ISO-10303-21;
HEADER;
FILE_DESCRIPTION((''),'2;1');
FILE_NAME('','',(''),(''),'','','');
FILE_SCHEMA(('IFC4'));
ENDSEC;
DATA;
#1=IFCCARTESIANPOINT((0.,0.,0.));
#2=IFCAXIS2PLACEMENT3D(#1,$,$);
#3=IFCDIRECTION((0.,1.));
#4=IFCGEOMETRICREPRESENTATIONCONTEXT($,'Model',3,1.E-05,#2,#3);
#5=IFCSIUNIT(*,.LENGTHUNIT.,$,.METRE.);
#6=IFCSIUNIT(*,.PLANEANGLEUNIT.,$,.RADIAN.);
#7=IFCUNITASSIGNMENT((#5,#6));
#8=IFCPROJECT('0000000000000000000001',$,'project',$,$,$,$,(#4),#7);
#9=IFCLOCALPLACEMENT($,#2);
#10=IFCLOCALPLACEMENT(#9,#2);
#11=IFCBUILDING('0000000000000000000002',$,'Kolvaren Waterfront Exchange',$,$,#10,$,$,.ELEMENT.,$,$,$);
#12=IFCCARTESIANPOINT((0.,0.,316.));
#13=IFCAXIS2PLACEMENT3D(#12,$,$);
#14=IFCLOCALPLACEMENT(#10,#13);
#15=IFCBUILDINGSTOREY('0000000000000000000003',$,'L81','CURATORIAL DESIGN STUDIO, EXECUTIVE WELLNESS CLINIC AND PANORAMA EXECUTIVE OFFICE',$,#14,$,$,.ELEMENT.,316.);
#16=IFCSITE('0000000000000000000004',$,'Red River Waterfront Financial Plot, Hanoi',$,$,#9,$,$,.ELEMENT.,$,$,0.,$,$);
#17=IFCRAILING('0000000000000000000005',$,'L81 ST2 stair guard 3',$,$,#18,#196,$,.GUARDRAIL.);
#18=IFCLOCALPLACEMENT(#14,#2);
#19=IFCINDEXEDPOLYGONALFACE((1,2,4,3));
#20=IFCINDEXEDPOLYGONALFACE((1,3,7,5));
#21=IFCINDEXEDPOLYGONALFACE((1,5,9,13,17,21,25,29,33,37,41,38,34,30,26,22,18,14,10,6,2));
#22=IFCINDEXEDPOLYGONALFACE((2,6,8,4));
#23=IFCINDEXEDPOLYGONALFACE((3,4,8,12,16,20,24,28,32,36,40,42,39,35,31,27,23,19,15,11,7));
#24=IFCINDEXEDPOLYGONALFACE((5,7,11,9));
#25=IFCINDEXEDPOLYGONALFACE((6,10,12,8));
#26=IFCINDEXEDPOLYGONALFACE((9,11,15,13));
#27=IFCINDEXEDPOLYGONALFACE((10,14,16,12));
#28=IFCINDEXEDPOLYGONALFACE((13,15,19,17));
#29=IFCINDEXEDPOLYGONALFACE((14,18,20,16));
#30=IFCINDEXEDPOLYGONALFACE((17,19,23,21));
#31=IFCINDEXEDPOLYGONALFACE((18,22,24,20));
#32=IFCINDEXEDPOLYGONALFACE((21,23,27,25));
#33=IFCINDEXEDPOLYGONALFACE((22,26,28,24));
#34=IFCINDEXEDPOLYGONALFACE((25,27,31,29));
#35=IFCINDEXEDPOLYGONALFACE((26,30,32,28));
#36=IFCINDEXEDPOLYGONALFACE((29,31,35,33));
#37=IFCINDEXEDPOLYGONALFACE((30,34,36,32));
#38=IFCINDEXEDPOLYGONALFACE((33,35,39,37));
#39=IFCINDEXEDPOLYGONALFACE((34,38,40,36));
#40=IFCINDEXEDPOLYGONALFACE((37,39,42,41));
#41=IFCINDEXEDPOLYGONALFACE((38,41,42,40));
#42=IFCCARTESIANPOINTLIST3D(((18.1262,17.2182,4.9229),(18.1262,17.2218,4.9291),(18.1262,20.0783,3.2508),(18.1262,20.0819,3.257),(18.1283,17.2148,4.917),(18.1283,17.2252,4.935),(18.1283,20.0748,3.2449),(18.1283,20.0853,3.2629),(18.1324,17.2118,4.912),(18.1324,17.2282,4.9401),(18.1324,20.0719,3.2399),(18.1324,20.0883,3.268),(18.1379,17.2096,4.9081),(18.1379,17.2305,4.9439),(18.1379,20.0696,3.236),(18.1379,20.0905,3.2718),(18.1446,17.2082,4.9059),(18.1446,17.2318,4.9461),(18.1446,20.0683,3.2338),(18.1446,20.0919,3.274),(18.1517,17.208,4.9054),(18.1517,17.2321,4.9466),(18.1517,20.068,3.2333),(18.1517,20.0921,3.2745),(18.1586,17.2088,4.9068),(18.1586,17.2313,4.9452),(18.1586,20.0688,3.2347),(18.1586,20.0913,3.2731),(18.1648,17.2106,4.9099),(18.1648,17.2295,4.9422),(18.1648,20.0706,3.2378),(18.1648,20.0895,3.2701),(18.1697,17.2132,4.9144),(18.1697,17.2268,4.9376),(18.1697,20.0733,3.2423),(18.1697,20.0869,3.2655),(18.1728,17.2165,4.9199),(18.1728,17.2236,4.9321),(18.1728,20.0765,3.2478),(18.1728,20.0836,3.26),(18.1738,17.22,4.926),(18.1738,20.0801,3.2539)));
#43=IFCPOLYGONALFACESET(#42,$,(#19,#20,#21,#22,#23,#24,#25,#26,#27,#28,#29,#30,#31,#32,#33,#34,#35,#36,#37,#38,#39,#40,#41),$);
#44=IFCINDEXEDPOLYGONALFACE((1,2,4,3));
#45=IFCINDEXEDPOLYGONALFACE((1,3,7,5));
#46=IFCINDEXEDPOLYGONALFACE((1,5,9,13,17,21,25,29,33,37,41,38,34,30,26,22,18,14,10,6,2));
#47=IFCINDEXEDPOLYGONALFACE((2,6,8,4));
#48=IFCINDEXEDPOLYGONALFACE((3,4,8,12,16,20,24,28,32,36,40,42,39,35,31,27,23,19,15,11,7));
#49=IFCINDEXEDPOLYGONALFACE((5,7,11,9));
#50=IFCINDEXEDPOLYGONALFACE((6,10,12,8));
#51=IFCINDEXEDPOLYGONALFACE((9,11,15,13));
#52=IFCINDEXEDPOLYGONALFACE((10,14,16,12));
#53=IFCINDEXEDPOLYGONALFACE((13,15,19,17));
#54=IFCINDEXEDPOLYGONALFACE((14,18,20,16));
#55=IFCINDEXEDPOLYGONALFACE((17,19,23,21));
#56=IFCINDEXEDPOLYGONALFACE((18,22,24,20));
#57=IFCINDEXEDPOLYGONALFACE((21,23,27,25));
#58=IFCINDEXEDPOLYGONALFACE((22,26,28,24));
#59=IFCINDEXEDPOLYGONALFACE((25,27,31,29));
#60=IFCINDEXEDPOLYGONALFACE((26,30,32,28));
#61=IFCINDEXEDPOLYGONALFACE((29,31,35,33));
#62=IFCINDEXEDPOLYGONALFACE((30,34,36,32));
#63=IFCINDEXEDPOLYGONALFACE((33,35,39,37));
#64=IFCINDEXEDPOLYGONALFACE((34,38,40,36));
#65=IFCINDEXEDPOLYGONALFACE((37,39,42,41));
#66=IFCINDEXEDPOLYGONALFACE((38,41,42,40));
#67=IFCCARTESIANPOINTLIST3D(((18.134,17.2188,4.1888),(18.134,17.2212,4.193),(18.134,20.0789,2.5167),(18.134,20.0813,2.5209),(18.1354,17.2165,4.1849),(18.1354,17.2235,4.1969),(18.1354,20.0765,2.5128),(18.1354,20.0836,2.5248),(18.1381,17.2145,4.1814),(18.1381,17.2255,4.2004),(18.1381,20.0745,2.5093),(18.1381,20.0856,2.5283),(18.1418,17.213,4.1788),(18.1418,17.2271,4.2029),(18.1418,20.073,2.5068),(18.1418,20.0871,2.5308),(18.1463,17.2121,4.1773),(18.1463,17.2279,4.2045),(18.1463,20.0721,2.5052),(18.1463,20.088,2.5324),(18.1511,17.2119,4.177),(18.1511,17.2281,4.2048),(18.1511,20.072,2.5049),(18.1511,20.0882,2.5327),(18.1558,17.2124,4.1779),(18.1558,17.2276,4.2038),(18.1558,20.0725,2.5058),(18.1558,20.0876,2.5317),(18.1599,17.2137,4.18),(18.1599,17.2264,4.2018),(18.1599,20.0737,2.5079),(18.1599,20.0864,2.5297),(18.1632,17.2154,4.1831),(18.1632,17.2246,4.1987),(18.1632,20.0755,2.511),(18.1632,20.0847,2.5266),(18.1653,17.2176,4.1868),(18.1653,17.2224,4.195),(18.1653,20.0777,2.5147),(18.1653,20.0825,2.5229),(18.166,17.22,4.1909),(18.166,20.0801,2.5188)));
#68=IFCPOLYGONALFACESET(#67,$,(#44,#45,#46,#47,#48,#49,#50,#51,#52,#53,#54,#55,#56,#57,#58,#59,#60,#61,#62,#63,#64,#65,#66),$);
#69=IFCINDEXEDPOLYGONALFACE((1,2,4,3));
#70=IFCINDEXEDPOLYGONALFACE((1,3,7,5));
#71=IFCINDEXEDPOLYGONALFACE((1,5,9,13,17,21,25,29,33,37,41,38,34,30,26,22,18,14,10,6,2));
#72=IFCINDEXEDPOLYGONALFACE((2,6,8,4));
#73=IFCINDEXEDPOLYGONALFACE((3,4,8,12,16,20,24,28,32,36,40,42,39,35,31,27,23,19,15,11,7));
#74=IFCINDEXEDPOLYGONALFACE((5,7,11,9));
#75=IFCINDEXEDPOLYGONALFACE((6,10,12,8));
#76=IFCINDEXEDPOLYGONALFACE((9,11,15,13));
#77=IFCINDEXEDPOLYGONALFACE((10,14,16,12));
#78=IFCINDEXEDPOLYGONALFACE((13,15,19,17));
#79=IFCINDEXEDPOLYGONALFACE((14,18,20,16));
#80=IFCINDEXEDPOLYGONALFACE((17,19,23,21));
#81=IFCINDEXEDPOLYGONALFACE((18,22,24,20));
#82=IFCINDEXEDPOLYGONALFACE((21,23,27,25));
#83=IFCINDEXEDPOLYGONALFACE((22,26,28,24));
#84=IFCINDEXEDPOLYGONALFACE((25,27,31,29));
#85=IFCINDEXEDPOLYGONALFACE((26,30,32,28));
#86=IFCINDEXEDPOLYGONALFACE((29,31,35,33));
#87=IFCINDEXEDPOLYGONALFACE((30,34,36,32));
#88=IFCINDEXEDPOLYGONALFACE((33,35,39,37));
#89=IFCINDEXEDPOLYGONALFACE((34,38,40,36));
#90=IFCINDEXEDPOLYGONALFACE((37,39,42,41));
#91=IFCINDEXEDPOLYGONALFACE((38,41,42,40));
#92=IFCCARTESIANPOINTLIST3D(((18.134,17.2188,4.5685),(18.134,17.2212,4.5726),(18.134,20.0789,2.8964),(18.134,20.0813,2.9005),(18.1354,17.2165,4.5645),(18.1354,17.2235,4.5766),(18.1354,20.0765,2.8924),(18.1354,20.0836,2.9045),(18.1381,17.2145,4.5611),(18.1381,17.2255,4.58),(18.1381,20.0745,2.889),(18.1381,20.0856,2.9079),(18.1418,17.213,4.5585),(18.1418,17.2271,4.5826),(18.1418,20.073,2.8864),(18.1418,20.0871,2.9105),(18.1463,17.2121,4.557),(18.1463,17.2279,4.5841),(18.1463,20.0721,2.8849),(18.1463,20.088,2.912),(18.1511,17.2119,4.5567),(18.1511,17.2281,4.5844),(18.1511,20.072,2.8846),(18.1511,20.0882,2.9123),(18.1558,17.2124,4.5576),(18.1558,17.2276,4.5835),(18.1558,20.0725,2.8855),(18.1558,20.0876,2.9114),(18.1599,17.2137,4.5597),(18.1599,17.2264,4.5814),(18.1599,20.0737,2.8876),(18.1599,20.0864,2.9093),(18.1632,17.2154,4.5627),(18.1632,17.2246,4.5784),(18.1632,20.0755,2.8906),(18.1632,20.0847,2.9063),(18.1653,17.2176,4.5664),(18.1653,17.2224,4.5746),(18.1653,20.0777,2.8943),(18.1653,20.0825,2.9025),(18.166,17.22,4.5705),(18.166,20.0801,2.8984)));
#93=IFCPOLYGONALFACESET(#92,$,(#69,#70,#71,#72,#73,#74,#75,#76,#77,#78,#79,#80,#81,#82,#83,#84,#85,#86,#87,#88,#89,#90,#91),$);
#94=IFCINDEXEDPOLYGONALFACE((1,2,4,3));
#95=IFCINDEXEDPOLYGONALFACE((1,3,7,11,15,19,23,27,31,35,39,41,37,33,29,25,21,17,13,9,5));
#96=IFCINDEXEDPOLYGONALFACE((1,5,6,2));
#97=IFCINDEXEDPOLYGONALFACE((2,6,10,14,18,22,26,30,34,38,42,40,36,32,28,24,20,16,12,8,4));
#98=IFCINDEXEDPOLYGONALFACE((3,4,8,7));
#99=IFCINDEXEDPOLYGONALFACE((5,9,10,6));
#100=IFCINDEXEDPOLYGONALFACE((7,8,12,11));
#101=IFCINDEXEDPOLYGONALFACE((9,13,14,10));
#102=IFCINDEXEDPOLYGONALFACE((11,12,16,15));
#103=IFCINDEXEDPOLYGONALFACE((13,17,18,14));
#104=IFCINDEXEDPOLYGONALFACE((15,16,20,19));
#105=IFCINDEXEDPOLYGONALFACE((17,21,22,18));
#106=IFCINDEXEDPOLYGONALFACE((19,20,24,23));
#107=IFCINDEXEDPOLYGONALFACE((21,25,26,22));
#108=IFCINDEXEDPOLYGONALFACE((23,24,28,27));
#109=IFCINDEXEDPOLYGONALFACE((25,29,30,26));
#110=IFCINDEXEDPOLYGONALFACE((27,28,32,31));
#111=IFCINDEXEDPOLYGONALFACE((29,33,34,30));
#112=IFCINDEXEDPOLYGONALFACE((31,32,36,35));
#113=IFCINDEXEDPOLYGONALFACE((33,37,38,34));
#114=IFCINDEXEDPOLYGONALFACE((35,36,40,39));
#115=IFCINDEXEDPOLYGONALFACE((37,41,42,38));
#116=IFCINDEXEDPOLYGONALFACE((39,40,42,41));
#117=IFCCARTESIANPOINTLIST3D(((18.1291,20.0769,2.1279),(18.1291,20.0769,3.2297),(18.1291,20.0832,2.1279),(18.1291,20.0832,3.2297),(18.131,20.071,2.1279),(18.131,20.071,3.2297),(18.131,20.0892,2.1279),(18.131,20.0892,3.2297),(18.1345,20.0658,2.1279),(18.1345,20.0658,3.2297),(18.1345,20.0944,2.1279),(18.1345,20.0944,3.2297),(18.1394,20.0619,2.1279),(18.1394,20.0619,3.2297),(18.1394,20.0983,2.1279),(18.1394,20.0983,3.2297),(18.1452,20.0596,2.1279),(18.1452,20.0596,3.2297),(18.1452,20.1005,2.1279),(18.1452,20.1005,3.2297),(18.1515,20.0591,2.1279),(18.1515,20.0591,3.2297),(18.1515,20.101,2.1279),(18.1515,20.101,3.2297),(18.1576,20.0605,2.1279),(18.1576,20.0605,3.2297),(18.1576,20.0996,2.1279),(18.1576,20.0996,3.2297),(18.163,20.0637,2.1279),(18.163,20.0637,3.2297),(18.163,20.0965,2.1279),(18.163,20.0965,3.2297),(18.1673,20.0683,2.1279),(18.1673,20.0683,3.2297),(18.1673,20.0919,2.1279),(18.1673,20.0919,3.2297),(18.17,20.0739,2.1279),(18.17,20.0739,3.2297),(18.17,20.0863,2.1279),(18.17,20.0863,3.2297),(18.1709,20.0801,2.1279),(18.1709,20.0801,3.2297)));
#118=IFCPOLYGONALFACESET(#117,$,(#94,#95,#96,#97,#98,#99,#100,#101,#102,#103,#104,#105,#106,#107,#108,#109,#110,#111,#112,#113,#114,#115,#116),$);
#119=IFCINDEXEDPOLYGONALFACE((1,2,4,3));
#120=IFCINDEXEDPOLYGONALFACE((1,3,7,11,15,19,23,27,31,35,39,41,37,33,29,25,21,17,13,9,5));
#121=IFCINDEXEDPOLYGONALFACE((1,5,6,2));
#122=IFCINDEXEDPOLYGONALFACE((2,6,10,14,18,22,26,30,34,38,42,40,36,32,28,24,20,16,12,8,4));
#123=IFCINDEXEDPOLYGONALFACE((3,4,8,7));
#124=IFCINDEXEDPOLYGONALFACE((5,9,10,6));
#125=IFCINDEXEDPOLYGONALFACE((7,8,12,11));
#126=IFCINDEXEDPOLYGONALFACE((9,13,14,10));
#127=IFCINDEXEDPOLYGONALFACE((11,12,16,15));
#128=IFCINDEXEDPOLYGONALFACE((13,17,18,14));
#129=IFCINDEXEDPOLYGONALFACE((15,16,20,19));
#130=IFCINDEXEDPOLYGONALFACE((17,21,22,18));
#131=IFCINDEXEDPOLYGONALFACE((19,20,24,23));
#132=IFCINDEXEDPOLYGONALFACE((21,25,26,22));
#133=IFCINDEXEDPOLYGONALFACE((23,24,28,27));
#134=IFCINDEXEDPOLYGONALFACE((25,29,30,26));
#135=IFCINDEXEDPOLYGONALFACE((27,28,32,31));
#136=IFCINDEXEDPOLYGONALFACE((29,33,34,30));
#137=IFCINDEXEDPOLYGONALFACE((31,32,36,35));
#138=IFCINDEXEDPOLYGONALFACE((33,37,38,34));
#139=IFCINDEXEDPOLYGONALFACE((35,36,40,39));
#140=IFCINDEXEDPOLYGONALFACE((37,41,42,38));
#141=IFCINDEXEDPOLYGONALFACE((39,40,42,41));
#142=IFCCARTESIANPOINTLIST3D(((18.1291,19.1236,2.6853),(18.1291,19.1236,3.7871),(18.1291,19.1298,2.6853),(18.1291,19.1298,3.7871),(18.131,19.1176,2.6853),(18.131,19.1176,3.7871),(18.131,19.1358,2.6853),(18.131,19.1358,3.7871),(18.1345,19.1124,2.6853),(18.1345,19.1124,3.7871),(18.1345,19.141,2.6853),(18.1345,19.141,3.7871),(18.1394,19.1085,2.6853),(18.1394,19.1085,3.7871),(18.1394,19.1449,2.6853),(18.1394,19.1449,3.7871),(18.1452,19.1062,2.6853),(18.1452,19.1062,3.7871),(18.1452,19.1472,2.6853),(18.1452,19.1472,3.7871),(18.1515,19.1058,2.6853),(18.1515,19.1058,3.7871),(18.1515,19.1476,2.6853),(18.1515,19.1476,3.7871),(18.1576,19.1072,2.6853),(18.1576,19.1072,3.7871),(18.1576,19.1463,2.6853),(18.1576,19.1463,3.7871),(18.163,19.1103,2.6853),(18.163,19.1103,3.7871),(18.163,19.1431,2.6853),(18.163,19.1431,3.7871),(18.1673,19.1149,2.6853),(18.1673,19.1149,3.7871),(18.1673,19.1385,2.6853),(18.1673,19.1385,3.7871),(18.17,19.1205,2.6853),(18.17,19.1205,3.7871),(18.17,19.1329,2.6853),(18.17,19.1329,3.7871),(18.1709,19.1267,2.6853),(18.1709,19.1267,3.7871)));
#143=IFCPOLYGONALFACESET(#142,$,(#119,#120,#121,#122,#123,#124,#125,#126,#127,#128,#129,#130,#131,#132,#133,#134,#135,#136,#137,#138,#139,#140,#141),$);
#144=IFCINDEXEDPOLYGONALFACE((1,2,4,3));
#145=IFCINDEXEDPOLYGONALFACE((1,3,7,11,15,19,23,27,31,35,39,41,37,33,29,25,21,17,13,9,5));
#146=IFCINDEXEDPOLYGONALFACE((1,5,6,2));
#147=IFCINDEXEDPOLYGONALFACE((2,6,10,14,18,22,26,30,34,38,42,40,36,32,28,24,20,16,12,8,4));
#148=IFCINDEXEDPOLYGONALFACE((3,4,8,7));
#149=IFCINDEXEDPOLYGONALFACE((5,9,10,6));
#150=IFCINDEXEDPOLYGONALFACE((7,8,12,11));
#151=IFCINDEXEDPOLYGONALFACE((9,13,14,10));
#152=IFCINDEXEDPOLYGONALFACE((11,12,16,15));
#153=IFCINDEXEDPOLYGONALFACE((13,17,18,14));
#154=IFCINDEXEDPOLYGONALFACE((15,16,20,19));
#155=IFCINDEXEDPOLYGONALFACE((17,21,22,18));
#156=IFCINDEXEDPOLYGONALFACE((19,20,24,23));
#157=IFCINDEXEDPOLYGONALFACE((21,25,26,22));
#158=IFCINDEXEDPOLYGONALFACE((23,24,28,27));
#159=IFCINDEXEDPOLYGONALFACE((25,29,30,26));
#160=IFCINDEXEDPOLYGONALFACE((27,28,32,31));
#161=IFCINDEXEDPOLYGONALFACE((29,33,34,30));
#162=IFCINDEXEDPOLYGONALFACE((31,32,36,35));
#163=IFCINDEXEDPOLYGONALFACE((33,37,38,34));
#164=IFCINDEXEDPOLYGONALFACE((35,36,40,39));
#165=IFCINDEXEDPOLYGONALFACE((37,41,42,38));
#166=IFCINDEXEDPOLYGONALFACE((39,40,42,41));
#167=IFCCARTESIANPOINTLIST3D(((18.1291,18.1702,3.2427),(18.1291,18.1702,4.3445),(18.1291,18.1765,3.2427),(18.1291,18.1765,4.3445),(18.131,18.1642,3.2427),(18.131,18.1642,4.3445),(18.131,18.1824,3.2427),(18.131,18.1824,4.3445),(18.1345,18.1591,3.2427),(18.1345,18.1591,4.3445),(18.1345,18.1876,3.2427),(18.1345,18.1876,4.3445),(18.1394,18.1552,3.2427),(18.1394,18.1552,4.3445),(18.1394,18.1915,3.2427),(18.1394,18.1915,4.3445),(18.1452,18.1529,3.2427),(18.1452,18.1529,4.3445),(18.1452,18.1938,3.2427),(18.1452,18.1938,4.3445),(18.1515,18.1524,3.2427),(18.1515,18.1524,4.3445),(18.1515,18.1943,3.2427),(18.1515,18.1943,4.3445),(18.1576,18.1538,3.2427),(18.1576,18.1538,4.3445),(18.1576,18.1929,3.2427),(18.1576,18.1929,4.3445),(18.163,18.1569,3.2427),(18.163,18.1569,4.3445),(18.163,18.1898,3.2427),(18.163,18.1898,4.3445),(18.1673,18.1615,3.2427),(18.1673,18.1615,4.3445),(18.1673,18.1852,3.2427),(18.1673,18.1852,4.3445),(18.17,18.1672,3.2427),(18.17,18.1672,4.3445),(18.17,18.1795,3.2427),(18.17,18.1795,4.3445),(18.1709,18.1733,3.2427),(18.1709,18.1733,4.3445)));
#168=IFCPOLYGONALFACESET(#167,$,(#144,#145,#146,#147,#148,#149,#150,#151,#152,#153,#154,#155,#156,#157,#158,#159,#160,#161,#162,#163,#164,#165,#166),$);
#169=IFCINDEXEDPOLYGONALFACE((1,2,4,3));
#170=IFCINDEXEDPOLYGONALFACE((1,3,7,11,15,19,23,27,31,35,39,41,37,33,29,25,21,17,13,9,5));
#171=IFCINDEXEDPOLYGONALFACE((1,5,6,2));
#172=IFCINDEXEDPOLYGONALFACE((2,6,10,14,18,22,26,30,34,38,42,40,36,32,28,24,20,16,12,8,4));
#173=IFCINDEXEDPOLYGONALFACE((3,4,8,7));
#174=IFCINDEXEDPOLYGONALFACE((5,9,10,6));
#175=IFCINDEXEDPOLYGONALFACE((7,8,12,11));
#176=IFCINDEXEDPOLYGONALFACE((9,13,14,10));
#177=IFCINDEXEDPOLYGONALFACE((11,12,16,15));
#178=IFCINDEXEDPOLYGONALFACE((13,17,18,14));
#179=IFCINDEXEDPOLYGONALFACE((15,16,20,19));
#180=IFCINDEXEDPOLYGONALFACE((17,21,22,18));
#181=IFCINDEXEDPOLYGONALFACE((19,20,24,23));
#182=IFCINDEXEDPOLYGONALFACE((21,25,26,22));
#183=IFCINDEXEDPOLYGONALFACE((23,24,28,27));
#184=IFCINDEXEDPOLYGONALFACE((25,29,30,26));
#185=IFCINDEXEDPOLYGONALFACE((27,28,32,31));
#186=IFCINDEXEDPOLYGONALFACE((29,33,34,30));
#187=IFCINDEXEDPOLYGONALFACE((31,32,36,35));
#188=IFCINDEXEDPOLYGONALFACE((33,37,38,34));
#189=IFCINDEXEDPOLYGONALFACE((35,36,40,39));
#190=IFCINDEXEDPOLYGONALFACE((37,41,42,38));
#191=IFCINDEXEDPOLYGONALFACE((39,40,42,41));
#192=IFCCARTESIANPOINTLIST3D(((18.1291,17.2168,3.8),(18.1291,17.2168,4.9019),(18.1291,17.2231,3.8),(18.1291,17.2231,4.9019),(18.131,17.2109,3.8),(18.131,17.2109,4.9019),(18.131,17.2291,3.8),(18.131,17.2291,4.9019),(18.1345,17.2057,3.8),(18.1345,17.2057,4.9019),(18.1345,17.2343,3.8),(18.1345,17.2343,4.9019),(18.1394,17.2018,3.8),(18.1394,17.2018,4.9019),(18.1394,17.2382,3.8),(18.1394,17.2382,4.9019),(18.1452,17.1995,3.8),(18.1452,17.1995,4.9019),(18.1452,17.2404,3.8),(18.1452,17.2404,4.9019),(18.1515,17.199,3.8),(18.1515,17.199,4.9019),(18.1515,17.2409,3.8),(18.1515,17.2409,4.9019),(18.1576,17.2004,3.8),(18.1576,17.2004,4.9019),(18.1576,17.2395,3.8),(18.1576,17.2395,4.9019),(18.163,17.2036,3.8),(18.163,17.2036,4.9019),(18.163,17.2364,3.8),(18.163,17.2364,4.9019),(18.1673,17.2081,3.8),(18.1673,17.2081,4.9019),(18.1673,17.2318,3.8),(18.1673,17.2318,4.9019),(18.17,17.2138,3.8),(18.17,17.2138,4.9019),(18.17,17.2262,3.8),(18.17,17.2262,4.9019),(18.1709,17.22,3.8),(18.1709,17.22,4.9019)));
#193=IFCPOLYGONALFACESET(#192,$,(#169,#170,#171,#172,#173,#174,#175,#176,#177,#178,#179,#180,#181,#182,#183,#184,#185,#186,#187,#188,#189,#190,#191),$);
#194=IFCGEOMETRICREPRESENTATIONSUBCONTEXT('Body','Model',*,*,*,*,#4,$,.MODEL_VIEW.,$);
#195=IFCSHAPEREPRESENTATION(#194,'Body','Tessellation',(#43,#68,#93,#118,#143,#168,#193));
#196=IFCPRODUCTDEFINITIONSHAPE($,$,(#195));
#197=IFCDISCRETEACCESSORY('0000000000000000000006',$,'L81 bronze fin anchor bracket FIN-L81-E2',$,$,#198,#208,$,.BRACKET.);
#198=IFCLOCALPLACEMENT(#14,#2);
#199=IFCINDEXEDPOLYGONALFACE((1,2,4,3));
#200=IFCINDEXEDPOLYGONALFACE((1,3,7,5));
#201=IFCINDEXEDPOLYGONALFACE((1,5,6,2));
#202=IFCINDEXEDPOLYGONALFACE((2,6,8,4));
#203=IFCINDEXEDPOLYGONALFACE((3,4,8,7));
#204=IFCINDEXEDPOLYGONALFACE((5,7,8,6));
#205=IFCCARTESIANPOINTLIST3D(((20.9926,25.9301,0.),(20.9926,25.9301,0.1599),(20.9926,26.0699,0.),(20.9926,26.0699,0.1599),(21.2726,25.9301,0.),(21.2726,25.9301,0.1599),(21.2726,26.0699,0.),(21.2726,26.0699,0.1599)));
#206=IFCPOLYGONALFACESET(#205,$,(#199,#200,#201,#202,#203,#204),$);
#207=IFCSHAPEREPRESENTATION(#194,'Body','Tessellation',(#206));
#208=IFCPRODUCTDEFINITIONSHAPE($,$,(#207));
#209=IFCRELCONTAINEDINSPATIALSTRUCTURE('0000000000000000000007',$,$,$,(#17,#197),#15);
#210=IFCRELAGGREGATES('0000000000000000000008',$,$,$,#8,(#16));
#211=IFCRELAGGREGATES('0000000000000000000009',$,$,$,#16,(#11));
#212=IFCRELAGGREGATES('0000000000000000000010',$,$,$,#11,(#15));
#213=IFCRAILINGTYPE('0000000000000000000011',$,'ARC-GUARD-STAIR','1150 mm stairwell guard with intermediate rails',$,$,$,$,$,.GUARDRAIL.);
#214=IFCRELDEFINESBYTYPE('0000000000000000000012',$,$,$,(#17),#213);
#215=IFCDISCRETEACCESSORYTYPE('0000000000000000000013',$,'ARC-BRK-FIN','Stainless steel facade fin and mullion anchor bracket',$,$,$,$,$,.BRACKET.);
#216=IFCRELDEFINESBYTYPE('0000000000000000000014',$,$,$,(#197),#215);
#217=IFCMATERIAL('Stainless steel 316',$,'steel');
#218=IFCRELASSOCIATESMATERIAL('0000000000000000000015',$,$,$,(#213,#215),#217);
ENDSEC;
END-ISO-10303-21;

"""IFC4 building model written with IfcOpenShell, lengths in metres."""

from ifc_helpers import new_model, si_unit, direction, frame, origin, origin_with_axes, origin_2d, place, context, subcontext, project, spatial, rectangle, circle, extrude, source, transform, mapped, material, type_object, element, save


model = new_model("IFC4")

# Units and contexts
model_context = context("Model", 3, precision=1e-05, world=origin(), true_north=direction((0.0, 1.0)))
body_context = subcontext(model_context, "Body", "Model", "MODEL_VIEW")
ifc_project = project(units=[si_unit("LENGTHUNIT", "METRE"), si_unit("PLANEANGLEUNIT", "RADIAN")], contexts=[model_context])

# Site, building, storey
site_placement = place(None, origin())
site = spatial("IfcSite", under=ifc_project, at=site_placement, Name="Red River Waterfront Financial Plot, Hanoi", CompositionType="ELEMENT", RefElevation=0.0)
building_placement = place(site_placement, origin())
building = spatial("IfcBuilding", under=site, at=building_placement, Name="Kolvaren Waterfront Exchange", CompositionType="ELEMENT")
storey_placement = place(building_placement, frame((0.0, 0.0, 316.0)))
storey = spatial("IfcBuildingStorey", under=building, at=storey_placement, Name="L81", Description="CURATORIAL DESIGN STUDIO, EXECUTIVE WELLNESS CLINIC AND PANORAMA EXECUTIVE OFFICE", CompositionType="ELEMENT", Elevation=316.0)

# Railing
ifc_material_1 = material(Name="Stainless steel 316", Category="steel")
railing_type = type_object("IfcRailingType", Name="ARC-GUARD-STAIR", Description="1150 mm stairwell guard with intermediate rails", PredefinedType="GUARDRAIL", material=ifc_material_1)
railing_1_placement = place(storey_placement, frame((18.1499, 20.0801, 2.1279)))
element("IfcRailing", 1, at=railing_1_placement, inside=storey, type_object=railing_type, Name="L81 ST2 stair guard 3", PredefinedType="GUARDRAIL", context=body_context, shape_type="SweptSolid", body=[
    extrude(circle(Radius=0.0239, at=origin_2d()), frame((0.0, 0.0, 1.126), z_axis=(0.0, -0.863289, 0.504709), x_axis=(1.0, 0.0, 0.0)), (0.0, 0.0, 1.0), 3.313),
    extrude(circle(Radius=0.0161, at=origin_2d()), frame((0.0, 0.0, 0.3909), z_axis=(0.0, -0.863289, 0.504709), x_axis=(1.0, 0.0, 0.0)), (0.0, 0.0, 1.0), 3.313),
    extrude(circle(Radius=0.0161, at=origin_2d()), frame((0.0, 0.0, 0.7705), z_axis=(0.0, -0.863289, 0.504709), x_axis=(1.0, 0.0, 0.0)), (0.0, 0.0, 1.0), 3.313),
    extrude(circle(Radius=0.021, at=origin_2d()), origin(), (0.0, 0.0, 1.0), 1.1018),
    extrude(circle(Radius=0.021, at=origin_2d()), frame((0.0, -0.9534, 0.5574)), (0.0, 0.0, 1.0), 1.1018),
    extrude(circle(Radius=0.021, at=origin_2d()), frame((0.0, -1.9067, 1.1147)), (0.0, 0.0, 1.0), 1.1018),
    extrude(circle(Radius=0.021, at=origin_2d()), frame((0.0, -2.8601, 1.6721)), (0.0, 0.0, 1.0), 1.1018),
])

# Discrete accessory
discrete_accessory_type = type_object("IfcDiscreteAccessoryType", Name="ARC-BRK-FIN", Description="Stainless steel facade fin and mullion anchor bracket", PredefinedType="BRACKET", material=ifc_material_1)
shared_shape_1 = source(origin_with_axes(), body_context, "Body", "SweptSolid", [
    extrude(rectangle(XDim=0.28, YDim=0.1399, at=origin_2d()), origin(), (0.0, 0.0, 1.0), 0.1599),
])
for number, where, z_axis, x_axis, name in (
    (2, (21.1326, 26.0, 0.0), (0.0, 0.0, 1.0), (1.0, 0.0, 0.0), "L81 bronze fin anchor bracket FIN-L81-E2"),
):
    element("IfcDiscreteAccessory", number, at=place(storey_placement, frame(where, z_axis=z_axis, x_axis=x_axis)), inside=storey, type_object=discrete_accessory_type, Name=name, PredefinedType="BRACKET", context=body_context, shape_type="MappedRepresentation", body=[
        mapped(shared_shape_1, transform((0.0, 0.0, 0.0), x_axis=(1.0, 0.0, 0.0), y_axis=(0.0, 1.0, 0.0), z_axis=(0.0, 0.0, 1.0), scale=1.0)),
    ])

save(model, "model.ifc")
